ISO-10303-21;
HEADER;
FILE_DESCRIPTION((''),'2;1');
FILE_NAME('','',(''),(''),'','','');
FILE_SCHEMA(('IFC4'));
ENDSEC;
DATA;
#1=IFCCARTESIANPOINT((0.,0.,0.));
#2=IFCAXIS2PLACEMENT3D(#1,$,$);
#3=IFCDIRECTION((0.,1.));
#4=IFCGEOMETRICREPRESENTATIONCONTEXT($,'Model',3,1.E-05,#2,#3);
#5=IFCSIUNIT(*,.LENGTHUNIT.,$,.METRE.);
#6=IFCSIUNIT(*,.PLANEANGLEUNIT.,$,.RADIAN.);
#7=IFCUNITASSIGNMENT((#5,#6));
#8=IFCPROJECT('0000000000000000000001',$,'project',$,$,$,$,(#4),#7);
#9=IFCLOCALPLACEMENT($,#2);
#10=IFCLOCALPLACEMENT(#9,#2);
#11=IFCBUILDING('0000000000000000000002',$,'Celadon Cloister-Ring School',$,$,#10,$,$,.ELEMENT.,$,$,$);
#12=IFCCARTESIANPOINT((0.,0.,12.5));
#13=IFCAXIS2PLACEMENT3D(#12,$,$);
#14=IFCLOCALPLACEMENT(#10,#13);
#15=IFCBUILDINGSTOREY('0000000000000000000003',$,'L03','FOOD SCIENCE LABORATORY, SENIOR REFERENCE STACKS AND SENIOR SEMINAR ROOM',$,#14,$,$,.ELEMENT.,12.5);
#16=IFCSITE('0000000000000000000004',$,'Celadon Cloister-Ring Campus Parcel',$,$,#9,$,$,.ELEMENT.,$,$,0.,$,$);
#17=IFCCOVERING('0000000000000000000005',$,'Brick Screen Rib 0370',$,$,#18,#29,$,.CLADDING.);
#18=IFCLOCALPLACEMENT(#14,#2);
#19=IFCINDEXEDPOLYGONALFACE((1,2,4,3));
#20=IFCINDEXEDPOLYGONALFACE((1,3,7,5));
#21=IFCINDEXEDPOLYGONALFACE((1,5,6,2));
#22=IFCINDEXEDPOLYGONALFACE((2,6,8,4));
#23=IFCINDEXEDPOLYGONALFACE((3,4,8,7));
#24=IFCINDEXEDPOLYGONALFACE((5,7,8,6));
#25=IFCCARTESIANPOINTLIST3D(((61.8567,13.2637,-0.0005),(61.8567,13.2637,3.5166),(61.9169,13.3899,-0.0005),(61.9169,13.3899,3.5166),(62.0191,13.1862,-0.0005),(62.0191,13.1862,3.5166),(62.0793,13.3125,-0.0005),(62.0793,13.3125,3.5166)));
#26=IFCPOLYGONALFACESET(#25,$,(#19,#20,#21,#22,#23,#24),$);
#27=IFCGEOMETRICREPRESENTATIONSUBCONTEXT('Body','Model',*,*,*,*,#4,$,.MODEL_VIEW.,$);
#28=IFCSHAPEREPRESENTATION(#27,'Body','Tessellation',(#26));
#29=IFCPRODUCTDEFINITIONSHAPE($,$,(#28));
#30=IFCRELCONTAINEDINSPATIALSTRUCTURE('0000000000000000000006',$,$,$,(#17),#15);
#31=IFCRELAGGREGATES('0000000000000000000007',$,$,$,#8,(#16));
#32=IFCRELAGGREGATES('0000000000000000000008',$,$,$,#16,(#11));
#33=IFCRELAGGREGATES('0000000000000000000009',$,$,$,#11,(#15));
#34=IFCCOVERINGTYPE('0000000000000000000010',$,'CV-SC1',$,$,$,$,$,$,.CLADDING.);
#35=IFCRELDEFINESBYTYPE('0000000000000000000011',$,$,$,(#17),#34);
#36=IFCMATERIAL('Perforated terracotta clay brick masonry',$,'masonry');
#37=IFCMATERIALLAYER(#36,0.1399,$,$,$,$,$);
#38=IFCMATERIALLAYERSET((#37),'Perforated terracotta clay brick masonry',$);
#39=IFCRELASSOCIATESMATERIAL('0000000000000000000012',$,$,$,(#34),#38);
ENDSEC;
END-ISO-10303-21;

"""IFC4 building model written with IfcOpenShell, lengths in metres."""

from ifc_helpers import new_model, si_unit, direction, frame, origin, origin_2d, place, context, subcontext, project, spatial, rectangle, extrude, material, layer, layer_set, type_object, element, save


model = new_model("IFC4")

# Units and contexts
model_context = context("Model", 3, precision=1e-05, world=origin(), true_north=direction((0.0, 1.0)))
body_context = subcontext(model_context, "Body", "Model", "MODEL_VIEW")
ifc_project = project(units=[si_unit("LENGTHUNIT", "METRE"), si_unit("PLANEANGLEUNIT", "RADIAN")], contexts=[model_context])

# Site, building, storey
site_placement = place(None, origin())
site = spatial("IfcSite", under=ifc_project, at=site_placement, Name="Celadon Cloister-Ring Campus Parcel", CompositionType="ELEMENT", RefElevation=0.0)
building_placement = place(site_placement, origin())
building = spatial("IfcBuilding", under=site, at=building_placement, Name="Celadon Cloister-Ring School", CompositionType="ELEMENT")
storey_placement = place(building_placement, frame((0.0, 0.0, 12.5)))
storey = spatial("IfcBuildingStorey", under=building, at=storey_placement, Name="L03", Description="FOOD SCIENCE LABORATORY, SENIOR REFERENCE STACKS AND SENIOR SEMINAR ROOM", CompositionType="ELEMENT", Elevation=12.5)

# Covering
ifc_material_1 = material(Name="Perforated terracotta clay brick masonry", Category="masonry")
ifc_layer_1 = layer(ifc_material_1, 0.1399)
ifc_layer_set_1 = layer_set([ifc_layer_1], Name="Perforated terracotta clay brick masonry")
covering_type = type_object("IfcCoveringType", Name="CV-SC1", PredefinedType="CLADDING", material=ifc_layer_set_1)
covering_placement = place(storey_placement, frame((61.968, 13.2881, -0.0005), z_axis=(0.0, 0.0, 1.0), x_axis=(-0.902683, 0.430306, 0.0)))
element("IfcCovering", 1, at=covering_placement, inside=storey, type_object=covering_type, Name="Brick Screen Rib 0370", PredefinedType="CLADDING", context=body_context, shape_type="SweptSolid", body=[
    extrude(rectangle(XDim=0.1799, YDim=0.1399, at=origin_2d()), origin(), (0.0, 0.0, 1.0), 3.5171),
])

save(model, "model.ifc")
